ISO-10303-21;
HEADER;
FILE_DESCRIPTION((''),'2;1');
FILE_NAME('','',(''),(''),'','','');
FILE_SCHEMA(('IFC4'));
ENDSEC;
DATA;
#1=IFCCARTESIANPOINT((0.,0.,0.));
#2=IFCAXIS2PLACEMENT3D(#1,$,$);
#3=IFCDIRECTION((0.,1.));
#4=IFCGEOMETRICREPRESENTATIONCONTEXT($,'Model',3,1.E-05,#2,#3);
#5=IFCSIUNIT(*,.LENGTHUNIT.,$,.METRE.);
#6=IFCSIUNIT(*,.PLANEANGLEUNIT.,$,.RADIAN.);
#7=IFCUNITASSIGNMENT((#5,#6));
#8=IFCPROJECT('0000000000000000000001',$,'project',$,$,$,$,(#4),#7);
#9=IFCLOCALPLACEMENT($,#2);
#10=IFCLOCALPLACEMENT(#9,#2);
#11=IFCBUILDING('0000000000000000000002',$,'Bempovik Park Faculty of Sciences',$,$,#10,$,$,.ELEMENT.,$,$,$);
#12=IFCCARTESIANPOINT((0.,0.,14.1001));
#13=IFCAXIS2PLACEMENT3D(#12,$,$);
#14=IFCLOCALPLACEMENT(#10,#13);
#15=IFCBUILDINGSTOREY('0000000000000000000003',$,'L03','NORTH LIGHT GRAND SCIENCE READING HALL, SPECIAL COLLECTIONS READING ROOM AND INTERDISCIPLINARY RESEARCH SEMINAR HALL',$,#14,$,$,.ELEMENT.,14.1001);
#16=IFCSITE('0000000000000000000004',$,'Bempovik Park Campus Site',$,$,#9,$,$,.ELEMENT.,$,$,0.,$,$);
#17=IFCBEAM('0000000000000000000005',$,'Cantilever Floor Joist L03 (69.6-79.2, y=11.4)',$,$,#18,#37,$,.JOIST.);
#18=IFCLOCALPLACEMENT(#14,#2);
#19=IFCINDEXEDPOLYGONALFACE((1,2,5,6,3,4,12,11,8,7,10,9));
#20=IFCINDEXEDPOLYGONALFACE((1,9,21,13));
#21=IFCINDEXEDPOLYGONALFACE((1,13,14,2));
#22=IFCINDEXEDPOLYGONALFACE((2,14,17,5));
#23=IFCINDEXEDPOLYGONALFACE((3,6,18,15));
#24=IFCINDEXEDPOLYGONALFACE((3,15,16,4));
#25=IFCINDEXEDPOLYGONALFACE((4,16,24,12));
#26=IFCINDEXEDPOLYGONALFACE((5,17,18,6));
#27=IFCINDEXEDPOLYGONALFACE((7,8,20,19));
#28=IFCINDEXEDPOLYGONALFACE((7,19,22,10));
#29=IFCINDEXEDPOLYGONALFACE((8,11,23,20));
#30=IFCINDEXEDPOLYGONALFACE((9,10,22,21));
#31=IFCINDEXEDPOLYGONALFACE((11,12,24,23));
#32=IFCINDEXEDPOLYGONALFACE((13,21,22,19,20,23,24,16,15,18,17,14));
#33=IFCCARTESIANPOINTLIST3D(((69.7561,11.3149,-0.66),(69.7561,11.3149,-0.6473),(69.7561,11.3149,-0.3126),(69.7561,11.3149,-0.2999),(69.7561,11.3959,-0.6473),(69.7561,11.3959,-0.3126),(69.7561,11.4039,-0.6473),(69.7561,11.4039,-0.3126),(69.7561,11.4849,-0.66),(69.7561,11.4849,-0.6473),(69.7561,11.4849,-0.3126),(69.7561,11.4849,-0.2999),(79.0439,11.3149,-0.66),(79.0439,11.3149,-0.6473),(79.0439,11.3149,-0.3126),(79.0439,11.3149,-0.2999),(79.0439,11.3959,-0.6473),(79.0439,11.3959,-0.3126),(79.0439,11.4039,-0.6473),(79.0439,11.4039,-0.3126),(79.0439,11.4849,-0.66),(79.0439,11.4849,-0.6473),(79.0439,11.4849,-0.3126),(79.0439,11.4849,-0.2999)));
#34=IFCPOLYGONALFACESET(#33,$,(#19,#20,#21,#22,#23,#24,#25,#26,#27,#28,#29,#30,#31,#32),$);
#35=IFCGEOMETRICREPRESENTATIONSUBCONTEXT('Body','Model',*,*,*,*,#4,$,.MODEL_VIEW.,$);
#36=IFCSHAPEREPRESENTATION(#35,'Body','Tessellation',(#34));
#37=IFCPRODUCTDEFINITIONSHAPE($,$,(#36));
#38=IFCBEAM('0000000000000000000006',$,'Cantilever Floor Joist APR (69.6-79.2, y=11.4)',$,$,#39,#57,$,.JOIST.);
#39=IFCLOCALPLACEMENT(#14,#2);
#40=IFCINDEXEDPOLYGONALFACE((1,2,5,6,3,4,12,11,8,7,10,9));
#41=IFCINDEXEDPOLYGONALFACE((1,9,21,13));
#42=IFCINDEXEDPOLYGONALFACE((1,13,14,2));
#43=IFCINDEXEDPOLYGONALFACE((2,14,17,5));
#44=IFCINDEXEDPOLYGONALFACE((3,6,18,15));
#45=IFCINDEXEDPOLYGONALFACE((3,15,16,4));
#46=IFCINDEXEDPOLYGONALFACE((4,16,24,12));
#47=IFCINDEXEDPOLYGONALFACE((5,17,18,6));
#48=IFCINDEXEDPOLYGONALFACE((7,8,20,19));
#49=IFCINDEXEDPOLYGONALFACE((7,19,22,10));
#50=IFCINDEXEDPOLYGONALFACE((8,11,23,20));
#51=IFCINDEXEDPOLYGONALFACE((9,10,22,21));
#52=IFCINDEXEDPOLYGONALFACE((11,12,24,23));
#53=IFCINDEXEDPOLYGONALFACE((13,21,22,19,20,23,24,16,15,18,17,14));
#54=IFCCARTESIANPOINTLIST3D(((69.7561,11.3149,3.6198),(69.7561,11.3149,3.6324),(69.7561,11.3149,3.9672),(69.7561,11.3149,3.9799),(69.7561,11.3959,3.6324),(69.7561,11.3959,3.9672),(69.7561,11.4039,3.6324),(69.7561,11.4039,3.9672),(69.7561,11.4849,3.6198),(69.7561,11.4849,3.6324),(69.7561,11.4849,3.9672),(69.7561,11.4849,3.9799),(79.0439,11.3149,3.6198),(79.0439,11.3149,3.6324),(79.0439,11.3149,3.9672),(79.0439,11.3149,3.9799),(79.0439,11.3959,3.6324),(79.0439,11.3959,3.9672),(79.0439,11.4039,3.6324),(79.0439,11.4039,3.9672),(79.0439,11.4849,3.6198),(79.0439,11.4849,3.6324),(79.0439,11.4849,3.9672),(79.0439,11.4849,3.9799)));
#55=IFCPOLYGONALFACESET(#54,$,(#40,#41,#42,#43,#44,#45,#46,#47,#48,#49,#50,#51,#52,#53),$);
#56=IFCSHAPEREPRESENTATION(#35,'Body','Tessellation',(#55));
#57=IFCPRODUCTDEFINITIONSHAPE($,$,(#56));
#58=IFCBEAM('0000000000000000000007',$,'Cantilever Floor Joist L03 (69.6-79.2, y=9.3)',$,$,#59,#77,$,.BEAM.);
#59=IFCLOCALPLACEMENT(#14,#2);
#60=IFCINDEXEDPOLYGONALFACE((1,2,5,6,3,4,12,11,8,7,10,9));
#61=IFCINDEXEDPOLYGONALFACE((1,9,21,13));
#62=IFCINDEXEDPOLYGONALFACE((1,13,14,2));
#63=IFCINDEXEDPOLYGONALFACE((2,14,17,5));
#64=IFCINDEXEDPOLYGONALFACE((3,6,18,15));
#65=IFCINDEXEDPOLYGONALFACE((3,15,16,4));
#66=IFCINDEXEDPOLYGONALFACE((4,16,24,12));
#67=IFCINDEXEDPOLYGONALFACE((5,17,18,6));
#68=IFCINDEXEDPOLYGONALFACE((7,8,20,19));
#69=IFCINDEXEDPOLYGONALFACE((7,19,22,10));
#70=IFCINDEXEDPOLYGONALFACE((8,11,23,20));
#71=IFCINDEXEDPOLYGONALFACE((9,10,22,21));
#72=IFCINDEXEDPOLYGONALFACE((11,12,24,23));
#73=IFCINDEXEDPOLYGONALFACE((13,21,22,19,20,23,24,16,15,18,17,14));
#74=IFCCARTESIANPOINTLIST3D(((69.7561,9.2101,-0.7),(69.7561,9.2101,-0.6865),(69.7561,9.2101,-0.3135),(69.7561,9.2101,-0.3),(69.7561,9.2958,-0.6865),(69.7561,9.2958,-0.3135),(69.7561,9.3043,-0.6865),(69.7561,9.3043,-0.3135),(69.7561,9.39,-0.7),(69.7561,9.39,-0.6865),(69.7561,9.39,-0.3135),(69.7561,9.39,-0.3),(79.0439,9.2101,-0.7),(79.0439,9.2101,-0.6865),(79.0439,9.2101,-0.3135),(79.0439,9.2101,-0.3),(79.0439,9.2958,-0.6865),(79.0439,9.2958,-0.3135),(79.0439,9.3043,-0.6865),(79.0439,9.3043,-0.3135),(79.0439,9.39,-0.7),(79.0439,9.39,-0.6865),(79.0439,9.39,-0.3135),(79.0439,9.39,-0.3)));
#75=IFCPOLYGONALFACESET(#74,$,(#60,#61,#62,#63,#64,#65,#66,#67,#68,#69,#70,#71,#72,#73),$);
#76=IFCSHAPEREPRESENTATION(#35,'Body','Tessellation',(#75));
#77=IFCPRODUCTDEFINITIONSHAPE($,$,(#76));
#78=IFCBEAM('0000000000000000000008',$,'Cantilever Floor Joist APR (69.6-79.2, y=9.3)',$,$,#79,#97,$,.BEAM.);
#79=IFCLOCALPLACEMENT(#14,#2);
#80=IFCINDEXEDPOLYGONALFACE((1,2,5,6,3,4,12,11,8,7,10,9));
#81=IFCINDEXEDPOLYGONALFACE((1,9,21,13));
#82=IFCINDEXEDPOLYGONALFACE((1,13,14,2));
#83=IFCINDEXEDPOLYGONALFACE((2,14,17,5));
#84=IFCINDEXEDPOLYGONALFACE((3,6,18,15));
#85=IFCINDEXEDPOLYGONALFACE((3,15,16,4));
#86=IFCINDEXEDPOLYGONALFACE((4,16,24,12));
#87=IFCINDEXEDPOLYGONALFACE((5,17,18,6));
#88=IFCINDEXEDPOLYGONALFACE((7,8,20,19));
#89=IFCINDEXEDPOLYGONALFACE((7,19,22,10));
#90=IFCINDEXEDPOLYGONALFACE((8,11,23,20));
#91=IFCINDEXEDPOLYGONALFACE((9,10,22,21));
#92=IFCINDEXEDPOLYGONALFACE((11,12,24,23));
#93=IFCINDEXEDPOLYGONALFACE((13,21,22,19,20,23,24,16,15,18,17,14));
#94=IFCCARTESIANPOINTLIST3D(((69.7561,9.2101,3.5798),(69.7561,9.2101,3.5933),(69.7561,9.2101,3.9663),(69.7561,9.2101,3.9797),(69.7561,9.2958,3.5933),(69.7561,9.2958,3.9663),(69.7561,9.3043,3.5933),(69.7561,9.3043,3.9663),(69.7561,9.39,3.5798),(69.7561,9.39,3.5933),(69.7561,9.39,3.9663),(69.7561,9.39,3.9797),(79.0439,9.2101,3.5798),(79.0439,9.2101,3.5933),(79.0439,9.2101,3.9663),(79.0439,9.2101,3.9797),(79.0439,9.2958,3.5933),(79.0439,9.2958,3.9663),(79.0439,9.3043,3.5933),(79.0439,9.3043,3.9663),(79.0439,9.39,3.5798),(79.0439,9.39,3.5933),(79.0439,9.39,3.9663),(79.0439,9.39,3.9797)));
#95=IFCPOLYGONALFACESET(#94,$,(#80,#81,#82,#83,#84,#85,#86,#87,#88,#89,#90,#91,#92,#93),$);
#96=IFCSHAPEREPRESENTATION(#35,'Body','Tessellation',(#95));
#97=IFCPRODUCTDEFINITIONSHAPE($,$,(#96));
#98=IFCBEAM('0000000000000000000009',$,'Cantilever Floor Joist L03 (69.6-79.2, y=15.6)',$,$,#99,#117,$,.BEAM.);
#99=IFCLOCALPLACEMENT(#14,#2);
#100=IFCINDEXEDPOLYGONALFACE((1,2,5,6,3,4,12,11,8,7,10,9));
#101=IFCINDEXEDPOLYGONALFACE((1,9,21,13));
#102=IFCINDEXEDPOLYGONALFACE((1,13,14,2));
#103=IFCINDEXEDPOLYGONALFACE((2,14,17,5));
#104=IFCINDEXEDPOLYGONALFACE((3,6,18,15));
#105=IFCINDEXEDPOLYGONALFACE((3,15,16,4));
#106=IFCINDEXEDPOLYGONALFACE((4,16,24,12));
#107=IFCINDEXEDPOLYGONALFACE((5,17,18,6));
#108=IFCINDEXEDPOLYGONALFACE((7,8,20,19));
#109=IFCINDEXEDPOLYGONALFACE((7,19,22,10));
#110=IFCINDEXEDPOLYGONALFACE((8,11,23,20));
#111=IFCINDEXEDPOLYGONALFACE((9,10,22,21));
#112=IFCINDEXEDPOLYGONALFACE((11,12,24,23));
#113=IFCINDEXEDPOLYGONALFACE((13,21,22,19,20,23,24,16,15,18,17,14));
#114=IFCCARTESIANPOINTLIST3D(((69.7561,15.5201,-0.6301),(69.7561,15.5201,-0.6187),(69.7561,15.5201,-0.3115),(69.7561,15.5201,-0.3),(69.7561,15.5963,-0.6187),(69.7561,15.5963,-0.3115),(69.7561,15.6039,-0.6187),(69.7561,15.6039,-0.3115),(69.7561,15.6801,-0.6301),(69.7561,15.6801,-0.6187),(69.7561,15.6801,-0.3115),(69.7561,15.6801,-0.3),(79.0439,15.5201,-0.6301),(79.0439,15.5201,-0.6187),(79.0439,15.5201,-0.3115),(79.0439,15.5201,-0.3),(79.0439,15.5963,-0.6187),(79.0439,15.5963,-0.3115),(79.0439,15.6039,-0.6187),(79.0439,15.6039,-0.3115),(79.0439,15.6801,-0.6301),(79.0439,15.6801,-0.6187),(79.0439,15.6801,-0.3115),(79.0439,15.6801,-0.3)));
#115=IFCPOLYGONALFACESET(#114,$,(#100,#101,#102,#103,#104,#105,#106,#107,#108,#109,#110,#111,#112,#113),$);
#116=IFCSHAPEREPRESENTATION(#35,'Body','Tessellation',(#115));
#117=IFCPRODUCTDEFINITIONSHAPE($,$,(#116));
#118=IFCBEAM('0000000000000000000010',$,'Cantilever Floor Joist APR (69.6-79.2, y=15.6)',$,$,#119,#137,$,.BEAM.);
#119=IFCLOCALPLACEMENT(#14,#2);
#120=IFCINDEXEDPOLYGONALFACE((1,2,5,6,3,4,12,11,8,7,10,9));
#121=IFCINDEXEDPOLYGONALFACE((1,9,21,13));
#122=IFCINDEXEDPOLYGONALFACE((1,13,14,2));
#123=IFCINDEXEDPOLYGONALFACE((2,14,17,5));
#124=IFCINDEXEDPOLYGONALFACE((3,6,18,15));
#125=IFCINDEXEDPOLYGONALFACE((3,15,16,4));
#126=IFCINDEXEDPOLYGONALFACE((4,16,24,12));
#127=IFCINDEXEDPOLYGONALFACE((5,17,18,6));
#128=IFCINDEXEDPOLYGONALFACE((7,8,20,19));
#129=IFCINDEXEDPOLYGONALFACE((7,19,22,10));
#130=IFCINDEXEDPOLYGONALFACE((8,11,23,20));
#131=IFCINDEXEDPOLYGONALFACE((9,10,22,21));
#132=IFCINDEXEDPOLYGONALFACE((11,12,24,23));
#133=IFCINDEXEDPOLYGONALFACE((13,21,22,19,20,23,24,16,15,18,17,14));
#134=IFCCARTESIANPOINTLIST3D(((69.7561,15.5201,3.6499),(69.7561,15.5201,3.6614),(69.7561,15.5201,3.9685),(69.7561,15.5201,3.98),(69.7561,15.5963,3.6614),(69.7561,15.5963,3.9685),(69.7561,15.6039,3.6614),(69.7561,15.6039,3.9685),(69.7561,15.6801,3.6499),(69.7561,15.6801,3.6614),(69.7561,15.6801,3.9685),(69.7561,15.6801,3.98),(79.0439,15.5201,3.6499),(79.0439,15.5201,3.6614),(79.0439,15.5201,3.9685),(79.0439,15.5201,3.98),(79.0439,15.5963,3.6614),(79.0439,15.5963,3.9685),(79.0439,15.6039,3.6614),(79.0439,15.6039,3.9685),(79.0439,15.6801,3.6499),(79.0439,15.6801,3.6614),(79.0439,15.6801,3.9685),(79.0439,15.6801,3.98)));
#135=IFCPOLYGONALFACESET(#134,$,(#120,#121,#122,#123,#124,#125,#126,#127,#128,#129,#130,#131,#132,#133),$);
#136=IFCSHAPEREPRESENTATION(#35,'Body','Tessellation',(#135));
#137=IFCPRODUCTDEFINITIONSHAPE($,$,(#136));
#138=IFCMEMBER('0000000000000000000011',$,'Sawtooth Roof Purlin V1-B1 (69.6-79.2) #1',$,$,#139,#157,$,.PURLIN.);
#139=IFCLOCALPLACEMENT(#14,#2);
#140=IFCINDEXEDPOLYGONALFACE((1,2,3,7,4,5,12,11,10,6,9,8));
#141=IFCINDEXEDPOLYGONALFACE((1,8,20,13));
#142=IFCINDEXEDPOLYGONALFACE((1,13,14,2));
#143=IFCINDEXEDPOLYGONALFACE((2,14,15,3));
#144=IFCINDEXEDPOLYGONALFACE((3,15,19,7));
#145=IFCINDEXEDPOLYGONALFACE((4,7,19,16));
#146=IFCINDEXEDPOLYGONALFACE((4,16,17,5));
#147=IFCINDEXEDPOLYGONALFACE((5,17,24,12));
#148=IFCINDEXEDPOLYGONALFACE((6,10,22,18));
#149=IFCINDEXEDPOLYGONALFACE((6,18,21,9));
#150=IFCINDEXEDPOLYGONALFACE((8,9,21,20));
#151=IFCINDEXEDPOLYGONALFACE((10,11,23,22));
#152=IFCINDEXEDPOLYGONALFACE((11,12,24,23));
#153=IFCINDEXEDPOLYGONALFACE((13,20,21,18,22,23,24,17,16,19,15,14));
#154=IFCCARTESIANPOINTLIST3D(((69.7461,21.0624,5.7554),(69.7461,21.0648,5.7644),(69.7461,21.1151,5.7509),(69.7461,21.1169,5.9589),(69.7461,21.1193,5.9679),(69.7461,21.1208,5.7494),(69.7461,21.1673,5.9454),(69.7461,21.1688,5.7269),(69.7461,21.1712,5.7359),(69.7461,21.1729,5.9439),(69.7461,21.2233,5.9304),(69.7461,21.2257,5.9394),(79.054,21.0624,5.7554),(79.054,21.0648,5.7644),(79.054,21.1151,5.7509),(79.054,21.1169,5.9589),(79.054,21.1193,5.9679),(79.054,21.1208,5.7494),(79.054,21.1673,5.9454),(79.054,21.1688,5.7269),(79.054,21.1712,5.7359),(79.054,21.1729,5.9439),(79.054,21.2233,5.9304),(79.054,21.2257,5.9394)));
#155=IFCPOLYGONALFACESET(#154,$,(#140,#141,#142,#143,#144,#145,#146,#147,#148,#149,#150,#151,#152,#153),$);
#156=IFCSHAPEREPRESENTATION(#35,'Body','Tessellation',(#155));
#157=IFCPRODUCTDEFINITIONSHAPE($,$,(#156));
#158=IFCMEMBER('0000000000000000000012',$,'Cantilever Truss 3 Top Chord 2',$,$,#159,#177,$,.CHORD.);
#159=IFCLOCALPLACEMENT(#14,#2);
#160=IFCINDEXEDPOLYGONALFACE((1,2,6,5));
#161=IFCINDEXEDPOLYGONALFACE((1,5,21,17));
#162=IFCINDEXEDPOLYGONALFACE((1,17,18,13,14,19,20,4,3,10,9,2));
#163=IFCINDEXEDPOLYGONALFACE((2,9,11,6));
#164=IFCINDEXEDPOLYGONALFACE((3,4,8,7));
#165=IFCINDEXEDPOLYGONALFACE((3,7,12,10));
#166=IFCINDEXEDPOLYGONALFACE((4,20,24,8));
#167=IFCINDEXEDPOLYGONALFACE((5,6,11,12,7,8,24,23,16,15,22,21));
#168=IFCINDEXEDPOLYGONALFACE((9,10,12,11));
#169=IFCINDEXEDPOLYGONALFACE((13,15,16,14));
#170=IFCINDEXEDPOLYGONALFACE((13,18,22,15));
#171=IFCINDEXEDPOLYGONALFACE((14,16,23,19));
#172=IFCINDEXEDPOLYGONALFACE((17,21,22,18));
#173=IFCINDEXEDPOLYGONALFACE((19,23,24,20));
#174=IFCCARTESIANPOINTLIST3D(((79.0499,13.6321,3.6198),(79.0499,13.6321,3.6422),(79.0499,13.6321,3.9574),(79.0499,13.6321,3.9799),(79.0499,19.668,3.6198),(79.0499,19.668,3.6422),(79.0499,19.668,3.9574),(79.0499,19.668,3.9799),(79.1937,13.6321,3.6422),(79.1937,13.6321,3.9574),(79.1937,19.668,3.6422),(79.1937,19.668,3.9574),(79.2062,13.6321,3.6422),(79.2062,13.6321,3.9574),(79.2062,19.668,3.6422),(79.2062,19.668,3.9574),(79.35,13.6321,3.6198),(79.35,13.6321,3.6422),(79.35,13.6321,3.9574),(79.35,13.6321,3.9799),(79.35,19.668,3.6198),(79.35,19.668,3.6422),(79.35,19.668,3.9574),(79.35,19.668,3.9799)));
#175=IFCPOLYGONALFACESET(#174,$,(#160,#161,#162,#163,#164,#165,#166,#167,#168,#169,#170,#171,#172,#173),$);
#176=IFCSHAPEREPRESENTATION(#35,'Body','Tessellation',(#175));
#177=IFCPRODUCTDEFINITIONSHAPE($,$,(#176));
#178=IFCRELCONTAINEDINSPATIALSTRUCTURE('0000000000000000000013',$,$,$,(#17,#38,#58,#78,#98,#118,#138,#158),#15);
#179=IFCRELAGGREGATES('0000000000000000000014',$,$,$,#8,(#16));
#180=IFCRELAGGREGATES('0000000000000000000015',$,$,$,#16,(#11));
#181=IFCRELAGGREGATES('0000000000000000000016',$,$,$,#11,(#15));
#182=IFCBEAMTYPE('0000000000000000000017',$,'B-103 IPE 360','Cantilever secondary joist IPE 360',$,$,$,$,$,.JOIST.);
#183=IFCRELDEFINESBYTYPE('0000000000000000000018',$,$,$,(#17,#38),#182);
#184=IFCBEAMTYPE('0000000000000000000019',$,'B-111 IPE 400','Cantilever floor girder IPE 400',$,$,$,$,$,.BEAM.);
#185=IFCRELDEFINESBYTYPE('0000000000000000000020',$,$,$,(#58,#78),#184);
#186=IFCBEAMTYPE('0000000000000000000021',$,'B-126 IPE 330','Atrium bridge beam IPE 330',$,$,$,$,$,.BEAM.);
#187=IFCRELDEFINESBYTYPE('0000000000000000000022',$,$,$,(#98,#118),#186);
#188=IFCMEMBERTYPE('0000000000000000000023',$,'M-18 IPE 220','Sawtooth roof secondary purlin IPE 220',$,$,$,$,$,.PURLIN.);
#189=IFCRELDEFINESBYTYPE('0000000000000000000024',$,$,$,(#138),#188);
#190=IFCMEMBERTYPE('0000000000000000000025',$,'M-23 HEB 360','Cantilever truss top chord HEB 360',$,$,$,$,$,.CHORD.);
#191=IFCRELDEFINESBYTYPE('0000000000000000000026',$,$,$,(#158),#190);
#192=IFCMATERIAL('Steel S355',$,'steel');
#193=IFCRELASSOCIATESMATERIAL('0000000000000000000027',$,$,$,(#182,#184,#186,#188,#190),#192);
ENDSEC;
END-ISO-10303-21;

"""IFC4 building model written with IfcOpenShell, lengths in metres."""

from ifc_helpers import new_model, si_unit, direction, frame, origin, origin_2d, place, context, subcontext, project, spatial, i_section, extrude, material, material_profile, profile_set, type_object, element, save


model = new_model("IFC4")

# Units and contexts
model_context = context("Model", 3, precision=1e-05, world=origin(), true_north=direction((0.0, 1.0)))
body_context = subcontext(model_context, "Body", "Model", "MODEL_VIEW")
ifc_project = project(units=[si_unit("LENGTHUNIT", "METRE"), si_unit("PLANEANGLEUNIT", "RADIAN")], contexts=[model_context])

# Site, building, storey
site_placement = place(None, origin())
site = spatial("IfcSite", under=ifc_project, at=site_placement, Name="Bempovik Park Campus Site", CompositionType="ELEMENT", RefElevation=0.0)
building_placement = place(site_placement, origin())
building = spatial("IfcBuilding", under=site, at=building_placement, Name="Bempovik Park Faculty of Sciences", CompositionType="ELEMENT")
storey_placement = place(building_placement, frame((0.0, 0.0, 14.1001)))
storey = spatial("IfcBuildingStorey", under=building, at=storey_placement, Name="L03", Description="NORTH LIGHT GRAND SCIENCE READING HALL, SPECIAL COLLECTIONS READING ROOM AND INTERDISCIPLINARY RESEARCH SEMINAR HALL", CompositionType="ELEMENT", Elevation=14.1001)

# Shared definitions
ifc_material_1 = material(Name="Steel S355", Category="steel")

# Beams
ifc_material_profile_1 = material_profile(ifc_material_1, i_section(OverallWidth=0.1699, OverallDepth=0.3601, WebThickness=0.0081, FlangeThickness=0.0127, at=origin_2d()), Name="IPE 360")
ifc_profile_set_1 = profile_set([ifc_material_profile_1], Name="Steel S355")
beam_type_1 = type_object("IfcBeamType", Name="B-103 IPE 360", Description="Cantilever secondary joist IPE 360", PredefinedType="JOIST", material=ifc_profile_set_1)
for number, where, z_axis, x_axis, name in (
    (1, (69.7561, 11.3999, -0.48), (1.0, 0.0, 0.0), (0.0, 1.0, 0.0), "Cantilever Floor Joist L03 (69.6-79.2, y=11.4)"),
    (2, (69.7561, 11.3999, 3.7998), (1.0, 0.0, 0.0), (0.0, 1.0, 0.0), "Cantilever Floor Joist APR (69.6-79.2, y=11.4)"),
):
    element("IfcBeam", number, at=place(storey_placement, frame(where, z_axis=z_axis, x_axis=x_axis)), inside=storey, type_object=beam_type_1, Name=name, PredefinedType="JOIST", context=body_context, shape_type="SweptSolid", body=[
        extrude(i_section(OverallWidth=0.1699, OverallDepth=0.3601, WebThickness=0.0081, FlangeThickness=0.0127, at=origin_2d()), origin(), (0.0, 0.0, 1.0), 9.2878),
    ])
ifc_material_profile_2 = material_profile(ifc_material_1, i_section(OverallWidth=0.1799, OverallDepth=0.3999, WebThickness=0.0085, FlangeThickness=0.0134, at=origin_2d()), Name="IPE 400")
ifc_profile_set_2 = profile_set([ifc_material_profile_2], Name="Steel S355")
beam_type_2 = type_object("IfcBeamType", Name="B-111 IPE 400", Description="Cantilever floor girder IPE 400", PredefinedType="BEAM", material=ifc_profile_set_2)
for number, where, z_axis, x_axis, name in (
    (3, (69.7561, 9.3, -0.5), (1.0, 0.0, 0.0), (0.0, 1.0, 0.0), "Cantilever Floor Joist L03 (69.6-79.2, y=9.3)"),
    (4, (69.7561, 9.3, 3.7798), (1.0, 0.0, 0.0), (0.0, 1.0, 0.0), "Cantilever Floor Joist APR (69.6-79.2, y=9.3)"),
):
    element("IfcBeam", number, at=place(storey_placement, frame(where, z_axis=z_axis, x_axis=x_axis)), inside=storey, type_object=beam_type_2, Name=name, PredefinedType="BEAM", context=body_context, shape_type="SweptSolid", body=[
        extrude(i_section(OverallWidth=0.1799, OverallDepth=0.3999, WebThickness=0.0085, FlangeThickness=0.0134, at=origin_2d()), origin(), (0.0, 0.0, 1.0), 9.2878),
    ])
ifc_material_profile_3 = material_profile(ifc_material_1, i_section(OverallWidth=0.1599, OverallDepth=0.3301, WebThickness=0.0076, FlangeThickness=0.0115, at=origin_2d()), Name="IPE 330")
ifc_profile_set_3 = profile_set([ifc_material_profile_3], Name="Steel S355")
beam_type_3 = type_object("IfcBeamType", Name="B-126 IPE 330", Description="Atrium bridge beam IPE 330", PredefinedType="BEAM", material=ifc_profile_set_3)
for number, where, z_axis, x_axis, name in (
    (5, (69.7561, 15.6001, -0.4651), (1.0, 0.0, 0.0), (0.0, 1.0, 0.0), "Cantilever Floor Joist L03 (69.6-79.2, y=15.6)"),
    (6, (69.7561, 15.6001, 3.8149), (1.0, 0.0, 0.0), (0.0, 1.0, 0.0), "Cantilever Floor Joist APR (69.6-79.2, y=15.6)"),
):
    element("IfcBeam", number, at=place(storey_placement, frame(where, z_axis=z_axis, x_axis=x_axis)), inside=storey, type_object=beam_type_3, Name=name, PredefinedType="BEAM", context=body_context, shape_type="SweptSolid", body=[
        extrude(i_section(OverallWidth=0.1599, OverallDepth=0.3301, WebThickness=0.0076, FlangeThickness=0.0115, at=origin_2d()), origin(), (0.0, 0.0, 1.0), 9.2878),
    ])

# Members
ifc_material_profile_4 = material_profile(ifc_material_1, i_section(OverallWidth=0.1101, OverallDepth=0.22, WebThickness=0.0059, FlangeThickness=0.0093, at=origin_2d()), Name="IPE 220")
ifc_profile_set_4 = profile_set([ifc_material_profile_4], Name="Steel S355")
member_type_1 = type_object("IfcMemberType", Name="M-18 IPE 220", Description="Sawtooth roof secondary purlin IPE 220", PredefinedType="PURLIN", material=ifc_profile_set_4)
member_1_placement = place(storey_placement, frame((69.7461, 21.144, 5.8474), z_axis=(1.0, 0.0, 0.0), x_axis=(0.0, 0.965926, -0.258819)))
element("IfcMember", 7, at=member_1_placement, inside=storey, type_object=member_type_1, Name="Sawtooth Roof Purlin V1-B1 (69.6-79.2) #1", PredefinedType="PURLIN", context=body_context, shape_type="SweptSolid", body=[
    extrude(i_section(OverallWidth=0.1101, OverallDepth=0.22, WebThickness=0.0059, FlangeThickness=0.0093, at=origin_2d()), origin(), (0.0, 0.0, 1.0), 9.3079),
])
ifc_material_profile_5 = material_profile(ifc_material_1, i_section(OverallWidth=0.3, OverallDepth=0.3601, WebThickness=0.0125, FlangeThickness=0.0225, at=origin_2d()), Name="HEB 360")
ifc_profile_set_5 = profile_set([ifc_material_profile_5], Name="Steel S355")
member_type_2 = type_object("IfcMemberType", Name="M-23 HEB 360", Description="Cantilever truss top chord HEB 360", PredefinedType="CHORD", material=ifc_profile_set_5)
member_2_placement = place(storey_placement, frame((79.2, 13.6321, 3.7998), z_axis=(0.0, 1.0, 0.0), x_axis=(-1.0, 0.0, 0.0)))
element("IfcMember", 8, at=member_2_placement, inside=storey, type_object=member_type_2, Name="Cantilever Truss 3 Top Chord 2", PredefinedType="CHORD", context=body_context, shape_type="SweptSolid", body=[
    extrude(i_section(OverallWidth=0.3, OverallDepth=0.3601, WebThickness=0.0125, FlangeThickness=0.0225, at=origin_2d()), origin(), (0.0, 0.0, 1.0), 6.0359),
])

save(model, "model.ifc")
